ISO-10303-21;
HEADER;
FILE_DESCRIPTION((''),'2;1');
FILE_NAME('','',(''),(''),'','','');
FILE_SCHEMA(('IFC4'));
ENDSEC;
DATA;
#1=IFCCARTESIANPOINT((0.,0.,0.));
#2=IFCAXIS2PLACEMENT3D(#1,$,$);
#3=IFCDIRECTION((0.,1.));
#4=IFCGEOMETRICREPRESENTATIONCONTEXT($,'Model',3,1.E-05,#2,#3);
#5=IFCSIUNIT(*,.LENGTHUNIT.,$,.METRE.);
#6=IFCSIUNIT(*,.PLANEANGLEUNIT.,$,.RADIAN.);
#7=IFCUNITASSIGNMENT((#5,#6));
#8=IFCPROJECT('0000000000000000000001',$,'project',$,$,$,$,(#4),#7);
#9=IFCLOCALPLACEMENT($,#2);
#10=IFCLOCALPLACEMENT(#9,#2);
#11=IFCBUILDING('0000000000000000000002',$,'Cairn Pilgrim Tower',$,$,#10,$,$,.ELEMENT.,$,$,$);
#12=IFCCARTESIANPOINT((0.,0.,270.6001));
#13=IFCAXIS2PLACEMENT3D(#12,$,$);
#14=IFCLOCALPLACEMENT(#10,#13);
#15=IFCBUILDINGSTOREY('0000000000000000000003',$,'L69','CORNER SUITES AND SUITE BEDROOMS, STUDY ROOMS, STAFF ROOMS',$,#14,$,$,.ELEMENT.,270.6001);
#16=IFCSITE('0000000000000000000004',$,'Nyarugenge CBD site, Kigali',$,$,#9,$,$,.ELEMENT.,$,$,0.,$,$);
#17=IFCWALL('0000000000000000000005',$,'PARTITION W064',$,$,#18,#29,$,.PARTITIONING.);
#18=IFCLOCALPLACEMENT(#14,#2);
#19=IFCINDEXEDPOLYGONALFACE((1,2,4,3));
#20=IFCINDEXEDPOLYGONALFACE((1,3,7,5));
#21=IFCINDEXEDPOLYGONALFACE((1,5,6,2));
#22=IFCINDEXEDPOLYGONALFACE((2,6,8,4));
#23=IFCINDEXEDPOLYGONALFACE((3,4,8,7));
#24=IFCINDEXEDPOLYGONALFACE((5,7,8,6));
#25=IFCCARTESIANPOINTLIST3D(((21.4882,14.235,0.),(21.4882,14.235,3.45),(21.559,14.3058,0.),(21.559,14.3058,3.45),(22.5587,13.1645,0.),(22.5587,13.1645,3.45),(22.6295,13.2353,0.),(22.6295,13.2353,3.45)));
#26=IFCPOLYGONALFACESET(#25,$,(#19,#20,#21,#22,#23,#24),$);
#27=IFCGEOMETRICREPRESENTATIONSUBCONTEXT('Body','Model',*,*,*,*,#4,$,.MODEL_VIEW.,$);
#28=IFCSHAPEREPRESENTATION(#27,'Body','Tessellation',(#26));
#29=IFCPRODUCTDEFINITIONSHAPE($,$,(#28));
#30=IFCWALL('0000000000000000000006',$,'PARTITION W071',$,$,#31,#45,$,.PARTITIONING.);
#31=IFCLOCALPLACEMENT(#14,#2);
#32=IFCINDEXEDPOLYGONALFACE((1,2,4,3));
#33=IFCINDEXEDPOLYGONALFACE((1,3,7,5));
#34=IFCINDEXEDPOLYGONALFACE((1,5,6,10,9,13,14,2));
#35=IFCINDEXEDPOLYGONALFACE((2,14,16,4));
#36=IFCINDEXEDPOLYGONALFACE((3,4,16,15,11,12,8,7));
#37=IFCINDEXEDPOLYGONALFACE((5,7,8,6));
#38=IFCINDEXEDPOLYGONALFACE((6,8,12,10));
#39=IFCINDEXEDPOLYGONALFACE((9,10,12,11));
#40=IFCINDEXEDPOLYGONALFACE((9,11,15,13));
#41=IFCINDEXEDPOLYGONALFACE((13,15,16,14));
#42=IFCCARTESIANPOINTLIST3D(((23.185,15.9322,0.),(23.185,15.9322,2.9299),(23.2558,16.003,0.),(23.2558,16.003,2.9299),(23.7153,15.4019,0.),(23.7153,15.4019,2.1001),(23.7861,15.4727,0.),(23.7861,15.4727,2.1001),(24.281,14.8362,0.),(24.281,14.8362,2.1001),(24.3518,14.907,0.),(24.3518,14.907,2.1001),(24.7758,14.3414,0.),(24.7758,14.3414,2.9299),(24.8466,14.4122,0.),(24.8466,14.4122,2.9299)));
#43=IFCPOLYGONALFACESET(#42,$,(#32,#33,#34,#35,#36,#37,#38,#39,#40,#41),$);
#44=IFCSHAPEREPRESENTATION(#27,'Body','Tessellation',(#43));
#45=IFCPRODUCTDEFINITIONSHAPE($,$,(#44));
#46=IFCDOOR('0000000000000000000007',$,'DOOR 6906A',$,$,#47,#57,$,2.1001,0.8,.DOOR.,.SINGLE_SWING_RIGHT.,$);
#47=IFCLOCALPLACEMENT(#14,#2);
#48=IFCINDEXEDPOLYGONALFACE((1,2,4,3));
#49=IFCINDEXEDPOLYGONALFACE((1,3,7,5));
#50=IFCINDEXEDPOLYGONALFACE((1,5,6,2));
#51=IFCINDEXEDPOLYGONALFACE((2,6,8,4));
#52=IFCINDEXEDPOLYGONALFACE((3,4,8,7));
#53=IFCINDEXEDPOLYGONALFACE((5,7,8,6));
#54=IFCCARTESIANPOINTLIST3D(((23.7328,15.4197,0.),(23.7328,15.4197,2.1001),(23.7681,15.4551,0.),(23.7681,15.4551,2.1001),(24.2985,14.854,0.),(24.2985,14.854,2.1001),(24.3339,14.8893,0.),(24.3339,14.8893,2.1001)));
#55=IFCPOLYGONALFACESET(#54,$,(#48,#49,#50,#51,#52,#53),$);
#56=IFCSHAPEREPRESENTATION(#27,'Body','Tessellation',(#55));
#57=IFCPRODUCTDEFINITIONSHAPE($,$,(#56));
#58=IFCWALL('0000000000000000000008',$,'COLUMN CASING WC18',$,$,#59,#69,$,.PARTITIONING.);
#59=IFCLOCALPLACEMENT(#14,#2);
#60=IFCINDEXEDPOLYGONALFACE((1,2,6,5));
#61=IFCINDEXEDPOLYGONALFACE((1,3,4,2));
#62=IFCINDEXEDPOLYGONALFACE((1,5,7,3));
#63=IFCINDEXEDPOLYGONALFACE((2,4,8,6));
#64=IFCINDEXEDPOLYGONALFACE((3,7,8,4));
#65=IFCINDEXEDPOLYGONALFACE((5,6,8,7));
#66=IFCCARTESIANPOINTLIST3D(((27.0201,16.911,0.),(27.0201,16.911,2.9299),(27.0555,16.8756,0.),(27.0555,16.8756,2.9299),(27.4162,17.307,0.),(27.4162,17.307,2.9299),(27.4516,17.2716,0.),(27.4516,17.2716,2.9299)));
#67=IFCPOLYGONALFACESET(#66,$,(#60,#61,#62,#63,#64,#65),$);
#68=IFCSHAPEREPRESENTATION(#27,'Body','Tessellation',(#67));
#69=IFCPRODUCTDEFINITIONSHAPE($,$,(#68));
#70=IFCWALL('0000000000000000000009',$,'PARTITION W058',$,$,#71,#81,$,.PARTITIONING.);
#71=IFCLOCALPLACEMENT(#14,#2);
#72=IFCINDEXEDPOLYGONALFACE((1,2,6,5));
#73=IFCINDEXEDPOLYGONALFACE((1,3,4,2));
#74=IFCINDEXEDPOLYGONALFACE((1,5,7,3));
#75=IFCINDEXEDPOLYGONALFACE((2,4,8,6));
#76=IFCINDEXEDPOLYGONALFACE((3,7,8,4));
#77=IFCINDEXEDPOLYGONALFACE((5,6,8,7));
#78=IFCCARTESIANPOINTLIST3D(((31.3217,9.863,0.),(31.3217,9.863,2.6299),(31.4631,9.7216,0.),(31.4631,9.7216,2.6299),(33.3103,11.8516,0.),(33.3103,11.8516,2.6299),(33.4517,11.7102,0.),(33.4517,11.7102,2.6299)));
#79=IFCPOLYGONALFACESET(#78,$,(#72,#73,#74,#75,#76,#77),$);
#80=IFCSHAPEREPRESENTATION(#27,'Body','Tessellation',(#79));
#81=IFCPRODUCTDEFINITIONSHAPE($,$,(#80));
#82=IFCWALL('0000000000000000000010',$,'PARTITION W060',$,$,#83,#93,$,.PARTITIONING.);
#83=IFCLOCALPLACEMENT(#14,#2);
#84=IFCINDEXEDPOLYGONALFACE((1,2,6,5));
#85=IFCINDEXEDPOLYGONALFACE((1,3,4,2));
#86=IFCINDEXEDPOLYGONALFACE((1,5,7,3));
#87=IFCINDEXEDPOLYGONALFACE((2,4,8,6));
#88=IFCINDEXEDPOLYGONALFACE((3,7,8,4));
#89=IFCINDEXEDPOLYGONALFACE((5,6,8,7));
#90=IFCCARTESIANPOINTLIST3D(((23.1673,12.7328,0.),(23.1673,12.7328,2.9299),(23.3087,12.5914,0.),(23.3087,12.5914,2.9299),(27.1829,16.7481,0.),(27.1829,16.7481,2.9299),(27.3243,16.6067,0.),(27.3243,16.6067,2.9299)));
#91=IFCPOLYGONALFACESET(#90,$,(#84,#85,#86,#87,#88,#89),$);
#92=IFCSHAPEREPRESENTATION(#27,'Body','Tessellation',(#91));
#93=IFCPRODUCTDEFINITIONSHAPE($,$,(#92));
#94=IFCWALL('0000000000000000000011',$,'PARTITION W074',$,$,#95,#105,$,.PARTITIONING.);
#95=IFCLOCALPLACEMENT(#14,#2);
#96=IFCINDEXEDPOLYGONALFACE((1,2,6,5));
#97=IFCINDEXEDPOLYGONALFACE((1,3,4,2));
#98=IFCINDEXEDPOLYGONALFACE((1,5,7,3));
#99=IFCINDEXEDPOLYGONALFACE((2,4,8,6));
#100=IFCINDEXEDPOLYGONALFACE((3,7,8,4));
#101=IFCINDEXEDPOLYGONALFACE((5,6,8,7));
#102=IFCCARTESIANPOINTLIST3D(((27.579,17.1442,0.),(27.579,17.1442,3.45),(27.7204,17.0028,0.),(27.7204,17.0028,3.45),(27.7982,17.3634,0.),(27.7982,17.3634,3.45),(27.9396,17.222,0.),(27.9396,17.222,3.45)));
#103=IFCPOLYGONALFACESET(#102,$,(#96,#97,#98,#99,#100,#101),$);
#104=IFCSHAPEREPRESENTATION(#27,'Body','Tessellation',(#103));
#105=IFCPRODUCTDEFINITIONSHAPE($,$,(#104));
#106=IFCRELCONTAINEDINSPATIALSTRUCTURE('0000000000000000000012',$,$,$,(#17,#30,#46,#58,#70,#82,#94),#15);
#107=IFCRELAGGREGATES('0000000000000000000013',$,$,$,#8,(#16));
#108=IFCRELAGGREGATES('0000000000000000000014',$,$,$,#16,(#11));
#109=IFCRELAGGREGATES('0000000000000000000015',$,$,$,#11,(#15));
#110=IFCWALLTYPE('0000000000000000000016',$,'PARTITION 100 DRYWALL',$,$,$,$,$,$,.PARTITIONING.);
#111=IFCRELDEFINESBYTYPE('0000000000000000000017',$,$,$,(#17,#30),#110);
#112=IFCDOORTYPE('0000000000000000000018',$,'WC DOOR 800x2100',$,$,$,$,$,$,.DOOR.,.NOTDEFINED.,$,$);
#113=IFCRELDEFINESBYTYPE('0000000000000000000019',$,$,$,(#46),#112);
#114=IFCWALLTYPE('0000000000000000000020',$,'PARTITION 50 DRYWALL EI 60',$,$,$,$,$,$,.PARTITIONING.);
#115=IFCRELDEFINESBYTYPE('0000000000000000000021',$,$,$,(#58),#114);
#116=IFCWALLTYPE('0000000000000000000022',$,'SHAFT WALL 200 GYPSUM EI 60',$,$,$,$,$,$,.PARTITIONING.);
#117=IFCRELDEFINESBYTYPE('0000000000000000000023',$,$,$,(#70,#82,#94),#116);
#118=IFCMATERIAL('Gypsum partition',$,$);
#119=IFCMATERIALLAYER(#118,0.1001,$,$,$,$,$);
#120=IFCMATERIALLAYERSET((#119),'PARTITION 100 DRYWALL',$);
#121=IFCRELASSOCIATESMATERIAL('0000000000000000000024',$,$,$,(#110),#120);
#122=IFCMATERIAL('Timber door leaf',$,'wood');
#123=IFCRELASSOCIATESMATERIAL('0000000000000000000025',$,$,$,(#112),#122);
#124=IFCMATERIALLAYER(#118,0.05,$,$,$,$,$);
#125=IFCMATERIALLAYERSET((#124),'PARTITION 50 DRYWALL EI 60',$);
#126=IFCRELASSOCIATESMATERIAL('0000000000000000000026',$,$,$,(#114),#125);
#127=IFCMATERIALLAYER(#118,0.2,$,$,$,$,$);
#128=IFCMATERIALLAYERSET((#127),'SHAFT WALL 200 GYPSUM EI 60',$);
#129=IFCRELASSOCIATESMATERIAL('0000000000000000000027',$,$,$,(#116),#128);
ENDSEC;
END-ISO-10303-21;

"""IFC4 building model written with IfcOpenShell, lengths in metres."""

from ifc_helpers import new_model, si_unit, direction, frame, frame_2d, origin, place, context, subcontext, project, spatial, rectangle, extrude, material, layer, layer_set, type_object, element, fill, save


model = new_model("IFC4")

# Units and contexts
model_context = context("Model", 3, precision=1e-05, world=origin(), true_north=direction((0.0, 1.0)))
body_context = subcontext(model_context, "Body", "Model", "MODEL_VIEW")
ifc_project = project(units=[si_unit("LENGTHUNIT", "METRE"), si_unit("PLANEANGLEUNIT", "RADIAN")], contexts=[model_context])

# Site, building, storey
site_placement = place(None, origin())
site = spatial("IfcSite", under=ifc_project, at=site_placement, Name="Nyarugenge CBD site, Kigali", CompositionType="ELEMENT", RefElevation=0.0)
building_placement = place(site_placement, origin())
building = spatial("IfcBuilding", under=site, at=building_placement, Name="Cairn Pilgrim Tower", CompositionType="ELEMENT")
storey_placement = place(building_placement, frame((0.0, 0.0, 270.6001)))
storey = spatial("IfcBuildingStorey", under=building, at=storey_placement, Name="L69", Description="CORNER SUITES AND SUITE BEDROOMS, STUDY ROOMS, STAFF ROOMS", CompositionType="ELEMENT", Elevation=270.6001)

# Wall
ifc_material_1 = material(Name="Gypsum partition")
ifc_layer_1 = layer(ifc_material_1, 0.1001)
ifc_layer_set_1 = layer_set([ifc_layer_1], Name="PARTITION 100 DRYWALL")
wall_type_1 = type_object("IfcWallType", Name="PARTITION 100 DRYWALL", PredefinedType="PARTITIONING", material=ifc_layer_set_1)
wall_1_placement = place(storey_placement, frame((22.594, 13.2, 0.0), z_axis=(0.0, 0.0, 1.0), x_axis=(-0.707107, 0.707107, 0.0)))
element("IfcWall", 1, at=wall_1_placement, inside=storey, type_object=wall_type_1, Name="PARTITION W064", PredefinedType="PARTITIONING", context=body_context, shape_type="SweptSolid", body=[
    extrude(rectangle(XDim=1.5139, YDim=0.1001, at=frame_2d((0.7568, 0.0))), origin(), (0.0, 0.0, 1.0), 3.45),
])

# Wall, opening, door
wall_2_placement = place(storey_placement, frame((24.8113, 14.3767, 0.0), z_axis=(0.0, 0.0, 1.0), x_axis=(-0.707107, 0.707107, 0.0)))
wall_2 = element("IfcWall", 2, at=wall_2_placement, inside=storey, type_object=wall_type_1, Name="PARTITION W071", PredefinedType="PARTITIONING", context=body_context, shape_type="SweptSolid", body=[
    extrude(rectangle(XDim=2.2498, YDim=0.1001, at=frame_2d((1.125, 0.0))), origin(), (0.0, 0.0, 1.0), 2.9299),
])
opening_1_placement = place(wall_2_placement, frame((0.7, 0.0, 0.0)))
opening_1 = element("IfcOpeningElement", 3, at=opening_1_placement, cuts=wall_2, PredefinedType="OPENING", context=body_context, shape_type="SweptSolid", body=[
    extrude(rectangle(XDim=0.8, YDim=2.1001, at=frame_2d((0.3999, 1.05))), frame((0.0, 0.0601, 0.0), z_axis=(0.0, -1.0, 0.0), x_axis=(1.0, 0.0, 0.0)), (0.0, 0.0, 1.0), 0.1201),
])
ifc_material_2 = material(Name="Timber door leaf", Category="wood")
door_type_1 = type_object("IfcDoorType", Name="WC DOOR 800x2100", OperationType="NOTDEFINED", PredefinedType="DOOR", material=ifc_material_2)
door_1_placement = place(opening_1_placement, frame((0.8, 0.0, 0.0), z_axis=(0.0, 0.0, 1.0), x_axis=(-1.0, 0.0, 0.0)))
door_1 = element("IfcDoor", 4, at=door_1_placement, inside=storey, type_object=door_type_1, Name="DOOR 6906A", OperationType="SINGLE_SWING_RIGHT", OverallHeight=2.1001, OverallWidth=0.8, PredefinedType="DOOR", context=body_context, shape_type="SweptSolid", body=[
    extrude(rectangle(XDim=0.8, YDim=2.1001, at=frame_2d((0.3999, 1.05))), frame((0.0, 0.0249, 0.0), z_axis=(0.0, -1.0, 0.0), x_axis=(1.0, 0.0, 0.0)), (0.0, 0.0, 1.0), 0.05),
])
fill(opening_1, door_1)

# Walls
ifc_layer_2 = layer(ifc_material_1, 0.05)
ifc_layer_set_2 = layer_set([ifc_layer_2], Name="PARTITION 50 DRYWALL EI 60")
wall_type_2 = type_object("IfcWallType", Name="PARTITION 50 DRYWALL EI 60", PredefinedType="PARTITIONING", material=ifc_layer_set_2)
wall_3_placement = place(storey_placement, frame((27.0378, 16.8933, 0.0), z_axis=(0.0, 0.0, 1.0), x_axis=(0.707107, 0.707107, 0.0)))
element("IfcWall", 5, at=wall_3_placement, inside=storey, type_object=wall_type_2, Name="COLUMN CASING WC18", PredefinedType="PARTITIONING", context=body_context, shape_type="SweptSolid", body=[
    extrude(rectangle(XDim=0.5601, YDim=0.05, at=frame_2d((0.28, 0.0))), origin(), (0.0, 0.0, 1.0), 2.9299),
])
ifc_layer_3 = layer(ifc_material_1, 0.2)
ifc_layer_set_3 = layer_set([ifc_layer_3], Name="SHAFT WALL 200 GYPSUM EI 60")
wall_type_3 = type_object("IfcWallType", Name="SHAFT WALL 200 GYPSUM EI 60", PredefinedType="PARTITIONING", material=ifc_layer_set_3)
wall_4_placement = place(storey_placement, frame((31.3923, 9.7922, 0.0), z_axis=(0.0, 0.0, 1.0), x_axis=(0.707107, 0.707107, 0.0)))
element("IfcWall", 6, at=wall_4_placement, inside=storey, type_object=wall_type_3, Name="PARTITION W058", PredefinedType="PARTITIONING", context=body_context, shape_type="SweptSolid", body=[
    extrude(rectangle(XDim=2.8123, YDim=0.2, at=frame_2d((1.4062, 0.0))), origin(), (0.0, 0.0, 1.0), 2.6299),
])
wall_5_placement = place(storey_placement, frame((23.238, 12.6621, 0.0), z_axis=(0.0, 0.0, 1.0), x_axis=(0.707128, 0.707085, 0.0)))
element("IfcWall", 7, at=wall_5_placement, inside=storey, type_object=wall_type_3, Name="PARTITION W060", PredefinedType="PARTITIONING", context=body_context, shape_type="SweptSolid", body=[
    extrude(rectangle(XDim=5.6787, YDim=0.2, at=frame_2d((2.8394, 0.0))), origin(), (0.0, 0.0, 1.0), 2.9299),
])
wall_6_placement = place(storey_placement, frame((27.6497, 17.0735, 0.0), z_axis=(0.0, 0.0, 1.0), x_axis=(0.707107, 0.707107, 0.0)))
element("IfcWall", 8, at=wall_6_placement, inside=storey, type_object=wall_type_3, Name="PARTITION W074", PredefinedType="PARTITIONING", context=body_context, shape_type="SweptSolid", body=[
    extrude(rectangle(XDim=0.3101, YDim=0.2, at=frame_2d((0.155, 0.0))), origin(), (0.0, 0.0, 1.0), 3.45),
])

save(model, "model.ifc")
